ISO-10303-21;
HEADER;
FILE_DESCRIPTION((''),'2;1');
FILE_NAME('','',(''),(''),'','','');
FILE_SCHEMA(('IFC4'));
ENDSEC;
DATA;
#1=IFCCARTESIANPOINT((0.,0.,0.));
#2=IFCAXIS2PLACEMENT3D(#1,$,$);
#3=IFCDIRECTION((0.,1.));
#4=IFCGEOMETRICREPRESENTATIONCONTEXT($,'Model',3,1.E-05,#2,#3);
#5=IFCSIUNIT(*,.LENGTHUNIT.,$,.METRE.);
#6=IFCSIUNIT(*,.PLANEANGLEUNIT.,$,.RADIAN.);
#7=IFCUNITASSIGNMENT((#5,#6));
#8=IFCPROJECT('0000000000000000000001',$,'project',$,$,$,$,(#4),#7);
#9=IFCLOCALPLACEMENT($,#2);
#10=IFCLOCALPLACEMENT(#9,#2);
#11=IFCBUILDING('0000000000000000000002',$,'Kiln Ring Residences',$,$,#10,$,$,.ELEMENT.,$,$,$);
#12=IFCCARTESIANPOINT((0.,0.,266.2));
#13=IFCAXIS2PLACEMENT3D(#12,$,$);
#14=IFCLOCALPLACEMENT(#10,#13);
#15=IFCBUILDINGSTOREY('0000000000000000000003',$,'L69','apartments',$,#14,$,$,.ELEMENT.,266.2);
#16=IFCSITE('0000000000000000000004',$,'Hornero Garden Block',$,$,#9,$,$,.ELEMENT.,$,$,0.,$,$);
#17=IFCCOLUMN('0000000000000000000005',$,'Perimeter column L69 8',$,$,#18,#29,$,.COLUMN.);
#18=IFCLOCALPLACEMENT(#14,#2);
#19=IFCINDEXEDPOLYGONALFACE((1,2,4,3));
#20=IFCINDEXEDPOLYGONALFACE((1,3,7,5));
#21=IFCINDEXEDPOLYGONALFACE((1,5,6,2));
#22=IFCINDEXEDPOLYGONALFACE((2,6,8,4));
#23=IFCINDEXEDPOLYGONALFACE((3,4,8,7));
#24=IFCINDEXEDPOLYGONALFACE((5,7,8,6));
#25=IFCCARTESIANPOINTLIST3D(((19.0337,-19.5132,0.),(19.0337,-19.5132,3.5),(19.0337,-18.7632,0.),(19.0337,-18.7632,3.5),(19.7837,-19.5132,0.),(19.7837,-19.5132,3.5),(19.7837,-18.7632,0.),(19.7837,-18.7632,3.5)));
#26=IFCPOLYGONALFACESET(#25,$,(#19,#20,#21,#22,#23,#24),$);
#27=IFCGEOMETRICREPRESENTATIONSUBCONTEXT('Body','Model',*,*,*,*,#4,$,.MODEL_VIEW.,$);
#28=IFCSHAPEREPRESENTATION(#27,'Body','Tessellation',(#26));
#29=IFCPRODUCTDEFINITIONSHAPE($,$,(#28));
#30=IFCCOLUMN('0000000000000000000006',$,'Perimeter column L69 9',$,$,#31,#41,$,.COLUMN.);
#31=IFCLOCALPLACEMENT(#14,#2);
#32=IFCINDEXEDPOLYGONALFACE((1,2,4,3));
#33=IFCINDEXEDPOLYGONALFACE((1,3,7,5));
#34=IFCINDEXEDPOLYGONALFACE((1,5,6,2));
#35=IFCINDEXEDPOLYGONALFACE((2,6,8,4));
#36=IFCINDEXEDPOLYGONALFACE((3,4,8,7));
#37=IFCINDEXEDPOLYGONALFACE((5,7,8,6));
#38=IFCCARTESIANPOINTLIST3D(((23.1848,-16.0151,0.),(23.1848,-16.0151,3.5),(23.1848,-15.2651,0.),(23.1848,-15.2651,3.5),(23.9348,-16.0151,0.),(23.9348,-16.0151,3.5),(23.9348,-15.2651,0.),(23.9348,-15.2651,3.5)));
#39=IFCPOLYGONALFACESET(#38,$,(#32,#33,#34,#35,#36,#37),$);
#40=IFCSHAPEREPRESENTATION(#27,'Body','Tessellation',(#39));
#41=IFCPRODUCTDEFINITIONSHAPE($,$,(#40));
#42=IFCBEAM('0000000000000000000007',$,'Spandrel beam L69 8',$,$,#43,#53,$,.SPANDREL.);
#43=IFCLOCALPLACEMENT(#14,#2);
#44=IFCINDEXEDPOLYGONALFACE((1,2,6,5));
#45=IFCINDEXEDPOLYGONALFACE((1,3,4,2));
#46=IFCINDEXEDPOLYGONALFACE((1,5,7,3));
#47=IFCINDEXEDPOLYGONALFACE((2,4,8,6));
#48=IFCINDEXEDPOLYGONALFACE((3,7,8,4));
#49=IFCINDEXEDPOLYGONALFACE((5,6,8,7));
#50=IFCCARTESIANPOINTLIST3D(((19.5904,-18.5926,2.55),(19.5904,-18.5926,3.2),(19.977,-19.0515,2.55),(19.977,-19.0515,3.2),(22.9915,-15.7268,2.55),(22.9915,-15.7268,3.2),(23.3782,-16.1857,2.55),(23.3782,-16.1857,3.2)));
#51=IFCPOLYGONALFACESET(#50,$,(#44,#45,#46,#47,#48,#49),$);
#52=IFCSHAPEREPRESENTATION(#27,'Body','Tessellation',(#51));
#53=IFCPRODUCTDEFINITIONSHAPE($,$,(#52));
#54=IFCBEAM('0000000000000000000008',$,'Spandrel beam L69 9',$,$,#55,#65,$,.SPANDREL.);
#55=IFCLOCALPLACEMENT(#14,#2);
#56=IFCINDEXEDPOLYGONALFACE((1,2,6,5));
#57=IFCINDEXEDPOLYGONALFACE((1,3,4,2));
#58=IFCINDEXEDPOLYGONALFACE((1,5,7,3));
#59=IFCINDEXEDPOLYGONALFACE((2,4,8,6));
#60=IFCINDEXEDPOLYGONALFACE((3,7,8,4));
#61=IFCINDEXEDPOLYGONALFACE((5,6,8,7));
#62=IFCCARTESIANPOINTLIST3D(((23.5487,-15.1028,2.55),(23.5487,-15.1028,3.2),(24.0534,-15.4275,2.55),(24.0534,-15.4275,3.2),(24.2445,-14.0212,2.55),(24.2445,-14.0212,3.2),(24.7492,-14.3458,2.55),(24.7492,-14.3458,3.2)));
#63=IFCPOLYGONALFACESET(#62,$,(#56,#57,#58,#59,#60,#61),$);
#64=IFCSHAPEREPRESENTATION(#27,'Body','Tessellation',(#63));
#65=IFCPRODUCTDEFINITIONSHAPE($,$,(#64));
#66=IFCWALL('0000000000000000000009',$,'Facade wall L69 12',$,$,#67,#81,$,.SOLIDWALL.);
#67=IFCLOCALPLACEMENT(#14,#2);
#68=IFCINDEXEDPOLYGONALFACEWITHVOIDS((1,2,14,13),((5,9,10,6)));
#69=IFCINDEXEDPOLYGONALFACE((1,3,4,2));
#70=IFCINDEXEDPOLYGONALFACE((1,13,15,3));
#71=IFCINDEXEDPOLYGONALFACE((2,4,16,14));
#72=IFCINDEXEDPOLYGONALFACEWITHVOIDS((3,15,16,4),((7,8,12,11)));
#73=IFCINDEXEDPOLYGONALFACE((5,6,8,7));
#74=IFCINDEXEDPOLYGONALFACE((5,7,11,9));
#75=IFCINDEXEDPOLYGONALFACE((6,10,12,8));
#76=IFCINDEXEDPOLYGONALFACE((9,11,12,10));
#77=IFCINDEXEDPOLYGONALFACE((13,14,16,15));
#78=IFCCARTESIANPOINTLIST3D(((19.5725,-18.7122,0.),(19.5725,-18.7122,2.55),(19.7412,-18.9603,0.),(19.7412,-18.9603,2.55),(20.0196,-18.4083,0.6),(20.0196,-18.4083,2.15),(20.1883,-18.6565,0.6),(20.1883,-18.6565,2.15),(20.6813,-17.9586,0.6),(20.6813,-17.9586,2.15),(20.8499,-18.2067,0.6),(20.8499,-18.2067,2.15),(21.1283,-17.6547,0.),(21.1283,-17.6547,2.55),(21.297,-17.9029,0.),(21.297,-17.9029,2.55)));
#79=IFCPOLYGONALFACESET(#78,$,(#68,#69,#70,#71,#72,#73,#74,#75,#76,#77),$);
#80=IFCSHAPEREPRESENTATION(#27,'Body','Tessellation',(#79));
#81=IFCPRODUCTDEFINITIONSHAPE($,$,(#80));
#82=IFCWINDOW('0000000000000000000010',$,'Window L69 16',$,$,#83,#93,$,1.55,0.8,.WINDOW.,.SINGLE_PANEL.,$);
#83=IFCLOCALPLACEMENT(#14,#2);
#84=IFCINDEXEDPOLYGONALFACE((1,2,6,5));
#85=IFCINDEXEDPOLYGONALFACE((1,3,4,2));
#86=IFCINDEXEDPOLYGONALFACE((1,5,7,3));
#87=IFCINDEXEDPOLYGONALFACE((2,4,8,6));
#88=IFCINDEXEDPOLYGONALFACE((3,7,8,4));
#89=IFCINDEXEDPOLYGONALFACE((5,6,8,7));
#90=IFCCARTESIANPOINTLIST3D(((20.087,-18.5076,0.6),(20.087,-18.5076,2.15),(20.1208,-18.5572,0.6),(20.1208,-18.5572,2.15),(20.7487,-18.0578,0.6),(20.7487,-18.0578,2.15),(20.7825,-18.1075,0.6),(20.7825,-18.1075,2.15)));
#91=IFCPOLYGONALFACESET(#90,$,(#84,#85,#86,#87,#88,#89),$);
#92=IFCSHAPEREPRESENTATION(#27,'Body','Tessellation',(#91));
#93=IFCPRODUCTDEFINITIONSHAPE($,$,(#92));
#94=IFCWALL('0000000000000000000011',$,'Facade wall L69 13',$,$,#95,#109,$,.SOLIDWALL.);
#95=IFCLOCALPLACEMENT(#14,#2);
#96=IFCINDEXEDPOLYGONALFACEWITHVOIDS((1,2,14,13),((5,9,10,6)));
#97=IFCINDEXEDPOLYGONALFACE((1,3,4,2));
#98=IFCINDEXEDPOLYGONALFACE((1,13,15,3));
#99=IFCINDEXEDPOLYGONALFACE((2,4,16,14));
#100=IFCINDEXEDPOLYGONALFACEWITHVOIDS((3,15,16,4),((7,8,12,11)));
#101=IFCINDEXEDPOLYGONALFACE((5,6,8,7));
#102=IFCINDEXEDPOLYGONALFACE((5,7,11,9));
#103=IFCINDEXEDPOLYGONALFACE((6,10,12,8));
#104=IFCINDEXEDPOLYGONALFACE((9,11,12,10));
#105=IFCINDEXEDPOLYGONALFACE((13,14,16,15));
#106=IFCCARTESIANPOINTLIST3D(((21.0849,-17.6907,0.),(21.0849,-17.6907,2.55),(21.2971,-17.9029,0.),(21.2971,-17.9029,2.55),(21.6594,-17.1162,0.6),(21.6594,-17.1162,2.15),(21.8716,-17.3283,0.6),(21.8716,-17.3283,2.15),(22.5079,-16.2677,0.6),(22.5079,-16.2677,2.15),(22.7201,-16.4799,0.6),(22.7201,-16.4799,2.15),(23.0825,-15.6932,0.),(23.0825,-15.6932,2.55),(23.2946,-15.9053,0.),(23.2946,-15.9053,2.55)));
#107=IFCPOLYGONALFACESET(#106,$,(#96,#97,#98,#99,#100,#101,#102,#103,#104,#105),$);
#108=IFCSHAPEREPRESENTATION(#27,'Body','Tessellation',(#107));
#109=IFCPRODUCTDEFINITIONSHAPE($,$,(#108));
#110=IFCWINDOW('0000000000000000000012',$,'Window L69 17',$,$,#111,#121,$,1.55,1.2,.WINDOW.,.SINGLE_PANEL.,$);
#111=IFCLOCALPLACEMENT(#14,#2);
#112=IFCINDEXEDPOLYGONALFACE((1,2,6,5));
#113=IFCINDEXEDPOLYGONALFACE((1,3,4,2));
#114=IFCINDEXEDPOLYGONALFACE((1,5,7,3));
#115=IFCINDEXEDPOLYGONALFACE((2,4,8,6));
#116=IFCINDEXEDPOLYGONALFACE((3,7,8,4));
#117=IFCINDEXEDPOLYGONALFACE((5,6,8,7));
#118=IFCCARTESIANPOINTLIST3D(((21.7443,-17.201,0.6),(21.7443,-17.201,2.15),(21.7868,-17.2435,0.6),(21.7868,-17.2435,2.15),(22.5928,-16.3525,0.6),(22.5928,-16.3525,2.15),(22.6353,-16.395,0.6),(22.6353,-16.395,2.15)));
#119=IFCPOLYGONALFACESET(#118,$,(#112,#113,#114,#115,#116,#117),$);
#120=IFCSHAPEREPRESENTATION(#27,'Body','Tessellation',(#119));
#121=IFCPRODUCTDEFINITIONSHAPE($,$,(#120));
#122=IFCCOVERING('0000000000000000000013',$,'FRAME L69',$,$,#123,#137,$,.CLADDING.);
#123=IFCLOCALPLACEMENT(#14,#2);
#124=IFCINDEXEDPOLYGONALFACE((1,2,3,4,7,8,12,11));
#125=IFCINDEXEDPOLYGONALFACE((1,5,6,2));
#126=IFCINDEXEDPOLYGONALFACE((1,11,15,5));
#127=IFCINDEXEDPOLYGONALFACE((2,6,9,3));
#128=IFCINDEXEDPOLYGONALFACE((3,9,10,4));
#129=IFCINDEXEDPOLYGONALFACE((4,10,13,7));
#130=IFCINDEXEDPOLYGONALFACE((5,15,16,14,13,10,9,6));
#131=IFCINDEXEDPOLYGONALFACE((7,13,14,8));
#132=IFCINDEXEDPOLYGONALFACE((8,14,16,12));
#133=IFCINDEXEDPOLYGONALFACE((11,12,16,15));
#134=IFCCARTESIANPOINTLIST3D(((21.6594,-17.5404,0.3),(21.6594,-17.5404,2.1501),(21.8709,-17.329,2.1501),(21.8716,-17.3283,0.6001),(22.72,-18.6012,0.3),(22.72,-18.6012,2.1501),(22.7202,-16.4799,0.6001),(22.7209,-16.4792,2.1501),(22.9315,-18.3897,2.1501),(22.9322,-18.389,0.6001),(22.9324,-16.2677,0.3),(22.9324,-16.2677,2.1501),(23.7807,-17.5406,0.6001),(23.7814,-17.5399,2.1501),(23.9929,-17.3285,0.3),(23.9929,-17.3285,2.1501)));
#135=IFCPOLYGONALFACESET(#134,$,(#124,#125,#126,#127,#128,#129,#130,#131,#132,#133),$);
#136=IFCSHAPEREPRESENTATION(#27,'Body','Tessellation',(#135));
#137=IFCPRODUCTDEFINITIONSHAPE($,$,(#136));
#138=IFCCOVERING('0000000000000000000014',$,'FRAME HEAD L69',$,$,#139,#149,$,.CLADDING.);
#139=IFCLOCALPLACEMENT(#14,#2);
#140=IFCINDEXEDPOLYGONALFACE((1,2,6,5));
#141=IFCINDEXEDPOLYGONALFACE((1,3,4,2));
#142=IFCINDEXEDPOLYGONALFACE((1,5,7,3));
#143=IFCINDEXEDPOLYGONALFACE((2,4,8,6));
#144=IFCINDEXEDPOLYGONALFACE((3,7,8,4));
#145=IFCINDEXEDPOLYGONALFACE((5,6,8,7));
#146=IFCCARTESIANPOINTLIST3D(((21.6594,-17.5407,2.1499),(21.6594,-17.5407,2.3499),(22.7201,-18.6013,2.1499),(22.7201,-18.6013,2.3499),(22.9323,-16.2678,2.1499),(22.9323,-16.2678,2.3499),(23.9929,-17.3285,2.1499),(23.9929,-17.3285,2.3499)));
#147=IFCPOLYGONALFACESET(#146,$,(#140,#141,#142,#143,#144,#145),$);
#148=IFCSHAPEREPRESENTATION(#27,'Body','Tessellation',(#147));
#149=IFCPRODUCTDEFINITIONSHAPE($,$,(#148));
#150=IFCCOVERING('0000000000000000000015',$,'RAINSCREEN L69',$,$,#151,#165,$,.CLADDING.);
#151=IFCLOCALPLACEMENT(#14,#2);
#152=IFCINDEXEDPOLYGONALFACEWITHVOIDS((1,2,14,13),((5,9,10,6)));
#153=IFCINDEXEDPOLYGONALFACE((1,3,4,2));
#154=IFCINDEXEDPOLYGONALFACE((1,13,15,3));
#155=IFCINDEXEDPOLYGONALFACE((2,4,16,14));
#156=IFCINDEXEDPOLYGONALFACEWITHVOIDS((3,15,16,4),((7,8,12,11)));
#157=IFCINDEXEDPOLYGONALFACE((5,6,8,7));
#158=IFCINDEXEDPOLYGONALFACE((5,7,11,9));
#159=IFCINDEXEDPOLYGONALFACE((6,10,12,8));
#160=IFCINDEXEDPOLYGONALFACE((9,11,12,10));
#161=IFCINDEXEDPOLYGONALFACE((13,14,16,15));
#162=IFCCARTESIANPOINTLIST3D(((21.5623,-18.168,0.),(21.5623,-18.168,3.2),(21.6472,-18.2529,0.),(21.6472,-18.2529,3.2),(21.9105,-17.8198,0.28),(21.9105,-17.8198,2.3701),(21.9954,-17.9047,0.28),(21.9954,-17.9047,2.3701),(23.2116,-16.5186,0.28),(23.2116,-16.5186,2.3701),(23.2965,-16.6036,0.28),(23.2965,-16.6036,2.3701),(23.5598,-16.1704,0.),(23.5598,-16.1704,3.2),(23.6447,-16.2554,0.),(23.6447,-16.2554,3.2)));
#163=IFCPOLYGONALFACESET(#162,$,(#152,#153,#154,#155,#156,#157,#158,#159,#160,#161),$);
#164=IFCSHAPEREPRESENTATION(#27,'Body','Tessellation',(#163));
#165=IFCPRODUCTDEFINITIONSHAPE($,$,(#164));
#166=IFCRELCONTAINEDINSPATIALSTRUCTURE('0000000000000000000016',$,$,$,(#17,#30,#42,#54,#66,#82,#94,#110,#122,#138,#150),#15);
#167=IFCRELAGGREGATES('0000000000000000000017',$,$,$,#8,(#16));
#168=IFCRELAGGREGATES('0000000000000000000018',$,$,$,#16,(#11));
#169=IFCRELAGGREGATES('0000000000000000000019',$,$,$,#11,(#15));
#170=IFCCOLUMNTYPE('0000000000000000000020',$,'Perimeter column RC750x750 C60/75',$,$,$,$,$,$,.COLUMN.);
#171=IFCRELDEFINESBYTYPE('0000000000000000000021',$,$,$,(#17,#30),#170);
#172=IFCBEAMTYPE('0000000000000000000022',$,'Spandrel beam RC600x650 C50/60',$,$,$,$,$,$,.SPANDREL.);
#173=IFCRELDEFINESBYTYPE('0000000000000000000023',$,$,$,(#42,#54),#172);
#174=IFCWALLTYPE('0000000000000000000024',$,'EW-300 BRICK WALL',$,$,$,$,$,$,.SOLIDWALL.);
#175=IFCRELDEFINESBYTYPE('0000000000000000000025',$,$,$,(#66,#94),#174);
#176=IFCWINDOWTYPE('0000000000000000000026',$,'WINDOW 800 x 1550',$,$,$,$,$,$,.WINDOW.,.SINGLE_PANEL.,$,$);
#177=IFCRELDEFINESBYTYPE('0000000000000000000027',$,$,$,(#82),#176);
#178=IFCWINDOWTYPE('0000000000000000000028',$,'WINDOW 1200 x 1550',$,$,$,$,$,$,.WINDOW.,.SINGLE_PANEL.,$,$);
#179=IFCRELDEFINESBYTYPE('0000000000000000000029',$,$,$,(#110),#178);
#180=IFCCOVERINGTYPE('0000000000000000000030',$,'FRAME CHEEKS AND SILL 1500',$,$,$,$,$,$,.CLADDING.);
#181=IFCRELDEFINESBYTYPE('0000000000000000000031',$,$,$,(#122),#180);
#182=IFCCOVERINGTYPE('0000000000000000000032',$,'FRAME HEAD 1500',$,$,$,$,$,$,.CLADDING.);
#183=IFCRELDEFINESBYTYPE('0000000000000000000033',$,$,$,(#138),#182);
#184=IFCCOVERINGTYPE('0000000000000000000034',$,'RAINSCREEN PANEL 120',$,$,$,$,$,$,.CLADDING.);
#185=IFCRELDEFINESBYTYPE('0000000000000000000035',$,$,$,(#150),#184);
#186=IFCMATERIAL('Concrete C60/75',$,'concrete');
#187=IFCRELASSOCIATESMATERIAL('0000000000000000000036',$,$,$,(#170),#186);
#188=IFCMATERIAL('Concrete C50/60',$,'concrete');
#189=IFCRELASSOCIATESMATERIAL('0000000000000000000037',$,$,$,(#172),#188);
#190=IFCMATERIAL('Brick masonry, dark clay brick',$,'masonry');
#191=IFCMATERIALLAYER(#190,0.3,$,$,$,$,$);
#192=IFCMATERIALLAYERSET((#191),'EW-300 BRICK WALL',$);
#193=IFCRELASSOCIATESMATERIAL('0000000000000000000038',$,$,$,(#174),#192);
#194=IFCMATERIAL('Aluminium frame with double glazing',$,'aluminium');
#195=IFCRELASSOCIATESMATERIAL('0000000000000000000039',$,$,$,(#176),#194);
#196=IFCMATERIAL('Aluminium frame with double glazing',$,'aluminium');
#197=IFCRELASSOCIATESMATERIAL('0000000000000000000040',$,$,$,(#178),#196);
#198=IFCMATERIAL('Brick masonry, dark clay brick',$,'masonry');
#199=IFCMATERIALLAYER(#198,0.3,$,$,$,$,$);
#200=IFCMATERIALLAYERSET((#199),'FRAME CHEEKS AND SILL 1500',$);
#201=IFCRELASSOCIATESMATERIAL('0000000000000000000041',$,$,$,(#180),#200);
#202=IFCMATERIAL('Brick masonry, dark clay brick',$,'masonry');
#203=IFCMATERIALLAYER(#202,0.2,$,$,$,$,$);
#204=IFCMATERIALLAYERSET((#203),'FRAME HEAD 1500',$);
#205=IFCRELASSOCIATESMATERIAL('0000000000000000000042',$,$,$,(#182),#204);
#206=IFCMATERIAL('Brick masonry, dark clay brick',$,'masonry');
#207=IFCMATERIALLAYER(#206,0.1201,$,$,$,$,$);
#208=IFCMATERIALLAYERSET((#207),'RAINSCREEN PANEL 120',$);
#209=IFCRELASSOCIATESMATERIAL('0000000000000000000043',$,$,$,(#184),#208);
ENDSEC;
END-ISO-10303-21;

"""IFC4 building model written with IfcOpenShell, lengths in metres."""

from ifc_helpers import new_model, si_unit, direction, frame, frame_2d, origin, origin_2d, place, context, subcontext, project, spatial, polyline, rectangle, outline, extrude, material, layer, layer_set, material_profile, profile_set, type_object, element, fill, save


model = new_model("IFC4")

# Units and contexts
model_context = context("Model", 3, precision=1e-05, world=origin(), true_north=direction((0.0, 1.0)))
body_context = subcontext(model_context, "Body", "Model", "MODEL_VIEW")
ifc_project = project(units=[si_unit("LENGTHUNIT", "METRE"), si_unit("PLANEANGLEUNIT", "RADIAN")], contexts=[model_context])

# Site, building, storey
site_placement = place(None, origin())
site = spatial("IfcSite", under=ifc_project, at=site_placement, Name="Hornero Garden Block", CompositionType="ELEMENT", RefElevation=0.0)
building_placement = place(site_placement, origin())
building = spatial("IfcBuilding", under=site, at=building_placement, Name="Kiln Ring Residences", CompositionType="ELEMENT")
storey_placement = place(building_placement, frame((0.0, 0.0, 266.2)))
storey = spatial("IfcBuildingStorey", under=building, at=storey_placement, Name="L69", Description="apartments", CompositionType="ELEMENT", Elevation=266.2)

# Columns
ifc_material_1 = material(Name="Concrete C60/75", Category="concrete")
ifc_material_profile_1 = material_profile(ifc_material_1, rectangle(XDim=0.75, YDim=0.75, at=origin_2d()), Name="RC750x750")
ifc_profile_set_1 = profile_set([ifc_material_profile_1], Name="Concrete C60/75")
column_type = type_object("IfcColumnType", Name="Perimeter column RC750x750 C60/75", PredefinedType="COLUMN", material=ifc_profile_set_1)
for number, where, z_axis, x_axis, name in (
    (1, (19.4087, -19.1382, 0.0), (0.0, 0.0, 1.0), (1.0, 0.0, 0.0), "Perimeter column L69 8"),
    (2, (23.5598, -15.6401, 0.0), (0.0, 0.0, 1.0), (1.0, 0.0, 0.0), "Perimeter column L69 9"),
):
    element("IfcColumn", number, at=place(storey_placement, frame(where, z_axis=z_axis, x_axis=x_axis)), inside=storey, type_object=column_type, Name=name, PredefinedType="COLUMN", context=body_context, shape_type="SweptSolid", body=[
        extrude(rectangle(XDim=0.75, YDim=0.75, at=origin_2d()), origin(), (0.0, 0.0, 1.0), 3.5),
    ])

# Beams
ifc_material_2 = material(Name="Concrete C50/60", Category="concrete")
ifc_material_profile_2 = material_profile(ifc_material_2, rectangle(XDim=0.6001, YDim=0.6499, at=origin_2d()), Name="RC600x650")
ifc_profile_set_2 = profile_set([ifc_material_profile_2], Name="Concrete C50/60")
beam_type = type_object("IfcBeamType", Name="Spandrel beam RC600x650 C50/60", PredefinedType="SPANDREL", material=ifc_profile_set_2)
beam_1_placement = place(storey_placement, frame((19.7837, -18.822, 2.875), z_axis=(0.764732, 0.644349, 0.0), x_axis=(-0.644349, 0.764732, 0.0)))
element("IfcBeam", 3, at=beam_1_placement, inside=storey, type_object=beam_type, Name="Spandrel beam L69 8", PredefinedType="SPANDREL", context=body_context, shape_type="SweptSolid", body=[
    extrude(rectangle(XDim=0.6001, YDim=0.6499, at=origin_2d()), origin(), (0.0, 0.0, 1.0), 4.4475),
])
beam_2_placement = place(storey_placement, frame((23.801, -15.2651, 2.875), z_axis=(0.541045, 0.840993, 0.0), x_axis=(-0.840993, 0.541045, 0.0)))
element("IfcBeam", 4, at=beam_2_placement, inside=storey, type_object=beam_type, Name="Spandrel beam L69 9", PredefinedType="SPANDREL", context=body_context, shape_type="SweptSolid", body=[
    extrude(rectangle(XDim=0.6001, YDim=0.6499, at=origin_2d()), origin(), (0.0, 0.0, 1.0), 1.2861),
])

# Walls, openings, windows
ifc_material_3 = material(Name="Brick masonry, dark clay brick", Category="masonry")
ifc_layer_1 = layer(ifc_material_3, 0.3)
ifc_layer_set_1 = layer_set([ifc_layer_1], Name="EW-300 BRICK WALL")
wall_type = type_object("IfcWallType", Name="EW-300 BRICK WALL", PredefinedType="SOLIDWALL", material=ifc_layer_set_1)
wall_1_placement = place(storey_placement, frame((19.657, -18.8362, 0.0), z_axis=(0.0, 0.0, 1.0), x_axis=(0.827045, 0.562136, 0.0)))
wall_1 = element("IfcWall", 5, at=wall_1_placement, inside=storey, type_object=wall_type, Name="Facade wall L69 12", PredefinedType="SOLIDWALL", context=body_context, shape_type="SweptSolid", body=[
    extrude(rectangle(XDim=1.8811, YDim=0.3, at=frame_2d((0.9404, 0.0))), origin(), (0.0, 0.0, 1.0), 2.55),
])
opening_1_placement = place(wall_1_placement, frame((0.5405, 0.0, 0.6001)))
opening_1 = element("IfcOpeningElement", 6, at=opening_1_placement, cuts=wall_1, PredefinedType="OPENING", context=body_context, shape_type="SweptSolid", body=[
    extrude(rectangle(XDim=0.8, YDim=1.55, at=frame_2d((0.3999, 0.7749))), frame((0.0, 0.1599, 0.0), z_axis=(0.0, -1.0, 0.0), x_axis=(1.0, 0.0, 0.0)), (0.0, 0.0, 1.0), 0.3201),
])
ifc_material_4 = material(Name="Aluminium frame with double glazing", Category="aluminium")
window_type_1 = type_object("IfcWindowType", Name="WINDOW 800 x 1550", PartitioningType="SINGLE_PANEL", PredefinedType="WINDOW", material=ifc_material_4)
window_1_placement = place(opening_1_placement, origin())
window_1 = element("IfcWindow", 7, at=window_1_placement, inside=storey, type_object=window_type_1, Name="Window L69 16", OverallHeight=1.55, OverallWidth=0.8, PartitioningType="SINGLE_PANEL", PredefinedType="WINDOW", context=body_context, shape_type="SweptSolid", body=[
    extrude(rectangle(XDim=0.8, YDim=1.55, at=frame_2d((0.3999, 0.7749))), frame((0.0, 0.03, 0.0), z_axis=(0.0, -1.0, 0.0), x_axis=(1.0, 0.0, 0.0)), (0.0, 0.0, 1.0), 0.0601),
])
fill(opening_1, window_1)
wall_2_placement = place(storey_placement, frame((21.1909, -17.7969, 0.0), z_axis=(0.0, 0.0, 1.0), x_axis=(0.707107, 0.707107, 0.0)))
wall_2 = element("IfcWall", 8, at=wall_2_placement, inside=storey, type_object=wall_type, Name="Facade wall L69 13", PredefinedType="SOLIDWALL", context=body_context, shape_type="SweptSolid", body=[
    extrude(rectangle(XDim=2.825, YDim=0.3, at=frame_2d((1.4126, 0.0))), origin(), (0.0, 0.0, 1.0), 2.55),
])
opening_2_placement = place(wall_2_placement, frame((0.8125, 0.0, 0.6001)))
opening_2 = element("IfcOpeningElement", 9, at=opening_2_placement, cuts=wall_2, PredefinedType="OPENING", context=body_context, shape_type="SweptSolid", body=[
    extrude(rectangle(XDim=1.2, YDim=1.55, at=frame_2d((0.6001, 0.7749))), frame((0.0, 0.1599, 0.0), z_axis=(0.0, -1.0, 0.0), x_axis=(1.0, 0.0, 0.0)), (0.0, 0.0, 1.0), 0.3201),
])
ifc_material_5 = material(Name="Aluminium frame with double glazing", Category="aluminium")
window_type_2 = type_object("IfcWindowType", Name="WINDOW 1200 x 1550", PartitioningType="SINGLE_PANEL", PredefinedType="WINDOW", material=ifc_material_5)
window_2_placement = place(opening_2_placement, origin())
window_2 = element("IfcWindow", 10, at=window_2_placement, inside=storey, type_object=window_type_2, Name="Window L69 17", OverallHeight=1.55, OverallWidth=1.2, PartitioningType="SINGLE_PANEL", PredefinedType="WINDOW", context=body_context, shape_type="SweptSolid", body=[
    extrude(rectangle(XDim=1.2, YDim=1.55, at=frame_2d((0.6001, 0.7749))), frame((0.0, 0.03, 0.0), z_axis=(0.0, -1.0, 0.0), x_axis=(1.0, 0.0, 0.0)), (0.0, 0.0, 1.0), 0.0601),
])
fill(opening_2, window_2)

# Coverings
ifc_material_6 = material(Name="Brick masonry, dark clay brick", Category="masonry")
ifc_layer_2 = layer(ifc_material_6, 0.3)
ifc_layer_set_2 = layer_set([ifc_layer_2], Name="FRAME CHEEKS AND SILL 1500")
covering_type_1 = type_object("IfcCoveringType", Name="FRAME CHEEKS AND SILL 1500", PredefinedType="CLADDING", material=ifc_layer_set_2)
covering_1_placement = place(storey_placement, frame((22.1897, -18.0708, 0.3), z_axis=(0.0, 0.0, 1.0), x_axis=(0.707175, 0.707039, 0.0)))
element("IfcCovering", 11, at=covering_1_placement, inside=storey, type_object=covering_type_1, Name="FRAME L69", PredefinedType="CLADDING", context=body_context, shape_type="SweptSolid", body=[
    extrude(outline(polyline([(0.0, 0.0), (1.8, 0.0), (1.8, 1.8501), (1.501, 1.8501), (1.5, 0.3), (0.3, 0.3), (0.2991, 1.8501), (0.0, 1.8501), (0.0, 0.0)])), frame((0.0, 0.75, 0.0), z_axis=(0.0, -1.0, 0.0), x_axis=(1.0, 0.0, 0.0)), (0.0, 0.0, 1.0), 1.5),
])
ifc_material_7 = material(Name="Brick masonry, dark clay brick", Category="masonry")
ifc_layer_3 = layer(ifc_material_7, 0.2)
ifc_layer_set_3 = layer_set([ifc_layer_3], Name="FRAME HEAD 1500")
covering_type_2 = type_object("IfcCoveringType", Name="FRAME HEAD 1500", PredefinedType="CLADDING", material=ifc_layer_set_3)
covering_2_placement = place(storey_placement, frame((22.8262, -17.4346, 2.1499), z_axis=(0.0, 0.0, 1.0), x_axis=(0.707107, 0.707107, 0.0)))
element("IfcCovering", 12, at=covering_2_placement, inside=storey, type_object=covering_type_2, Name="FRAME HEAD L69", PredefinedType="CLADDING", context=body_context, shape_type="SweptSolid", body=[
    extrude(rectangle(XDim=1.8, YDim=1.5, at=origin_2d()), origin(), (0.0, 0.0, 1.0), 0.2),
])
ifc_material_8 = material(Name="Brick masonry, dark clay brick", Category="masonry")
ifc_layer_4 = layer(ifc_material_8, 0.1201)
ifc_layer_set_4 = layer_set([ifc_layer_4], Name="RAINSCREEN PANEL 120")
covering_type_3 = type_object("IfcCoveringType", Name="RAINSCREEN PANEL 120", PredefinedType="CLADDING", material=ifc_layer_set_4)
covering_3_placement = place(storey_placement, frame((21.6047, -18.2104, 0.0), z_axis=(0.0, 0.0, 1.0), x_axis=(0.707107, 0.707107, 0.0)))
element("IfcCovering", 13, at=covering_3_placement, inside=storey, type_object=covering_type_3, Name="RAINSCREEN L69", PredefinedType="CLADDING", context=body_context, shape_type="SweptSolid", body=[
    extrude(outline(polyline([(0.0, 0.0), (2.825, 0.0), (2.825, 3.2), (0.0, 3.2), (0.0, 0.0)]), holes=[polyline([(0.4924, 2.3701), (0.4924, 0.28), (2.3325, 0.28), (2.3325, 2.3701), (0.4924, 2.3701)])]), frame((0.0, 0.0601, 0.0), z_axis=(0.0, -1.0, 0.0), x_axis=(1.0, 0.0, 0.0)), (0.0, 0.0, 1.0), 0.1201),
])

save(model, "model.ifc")
